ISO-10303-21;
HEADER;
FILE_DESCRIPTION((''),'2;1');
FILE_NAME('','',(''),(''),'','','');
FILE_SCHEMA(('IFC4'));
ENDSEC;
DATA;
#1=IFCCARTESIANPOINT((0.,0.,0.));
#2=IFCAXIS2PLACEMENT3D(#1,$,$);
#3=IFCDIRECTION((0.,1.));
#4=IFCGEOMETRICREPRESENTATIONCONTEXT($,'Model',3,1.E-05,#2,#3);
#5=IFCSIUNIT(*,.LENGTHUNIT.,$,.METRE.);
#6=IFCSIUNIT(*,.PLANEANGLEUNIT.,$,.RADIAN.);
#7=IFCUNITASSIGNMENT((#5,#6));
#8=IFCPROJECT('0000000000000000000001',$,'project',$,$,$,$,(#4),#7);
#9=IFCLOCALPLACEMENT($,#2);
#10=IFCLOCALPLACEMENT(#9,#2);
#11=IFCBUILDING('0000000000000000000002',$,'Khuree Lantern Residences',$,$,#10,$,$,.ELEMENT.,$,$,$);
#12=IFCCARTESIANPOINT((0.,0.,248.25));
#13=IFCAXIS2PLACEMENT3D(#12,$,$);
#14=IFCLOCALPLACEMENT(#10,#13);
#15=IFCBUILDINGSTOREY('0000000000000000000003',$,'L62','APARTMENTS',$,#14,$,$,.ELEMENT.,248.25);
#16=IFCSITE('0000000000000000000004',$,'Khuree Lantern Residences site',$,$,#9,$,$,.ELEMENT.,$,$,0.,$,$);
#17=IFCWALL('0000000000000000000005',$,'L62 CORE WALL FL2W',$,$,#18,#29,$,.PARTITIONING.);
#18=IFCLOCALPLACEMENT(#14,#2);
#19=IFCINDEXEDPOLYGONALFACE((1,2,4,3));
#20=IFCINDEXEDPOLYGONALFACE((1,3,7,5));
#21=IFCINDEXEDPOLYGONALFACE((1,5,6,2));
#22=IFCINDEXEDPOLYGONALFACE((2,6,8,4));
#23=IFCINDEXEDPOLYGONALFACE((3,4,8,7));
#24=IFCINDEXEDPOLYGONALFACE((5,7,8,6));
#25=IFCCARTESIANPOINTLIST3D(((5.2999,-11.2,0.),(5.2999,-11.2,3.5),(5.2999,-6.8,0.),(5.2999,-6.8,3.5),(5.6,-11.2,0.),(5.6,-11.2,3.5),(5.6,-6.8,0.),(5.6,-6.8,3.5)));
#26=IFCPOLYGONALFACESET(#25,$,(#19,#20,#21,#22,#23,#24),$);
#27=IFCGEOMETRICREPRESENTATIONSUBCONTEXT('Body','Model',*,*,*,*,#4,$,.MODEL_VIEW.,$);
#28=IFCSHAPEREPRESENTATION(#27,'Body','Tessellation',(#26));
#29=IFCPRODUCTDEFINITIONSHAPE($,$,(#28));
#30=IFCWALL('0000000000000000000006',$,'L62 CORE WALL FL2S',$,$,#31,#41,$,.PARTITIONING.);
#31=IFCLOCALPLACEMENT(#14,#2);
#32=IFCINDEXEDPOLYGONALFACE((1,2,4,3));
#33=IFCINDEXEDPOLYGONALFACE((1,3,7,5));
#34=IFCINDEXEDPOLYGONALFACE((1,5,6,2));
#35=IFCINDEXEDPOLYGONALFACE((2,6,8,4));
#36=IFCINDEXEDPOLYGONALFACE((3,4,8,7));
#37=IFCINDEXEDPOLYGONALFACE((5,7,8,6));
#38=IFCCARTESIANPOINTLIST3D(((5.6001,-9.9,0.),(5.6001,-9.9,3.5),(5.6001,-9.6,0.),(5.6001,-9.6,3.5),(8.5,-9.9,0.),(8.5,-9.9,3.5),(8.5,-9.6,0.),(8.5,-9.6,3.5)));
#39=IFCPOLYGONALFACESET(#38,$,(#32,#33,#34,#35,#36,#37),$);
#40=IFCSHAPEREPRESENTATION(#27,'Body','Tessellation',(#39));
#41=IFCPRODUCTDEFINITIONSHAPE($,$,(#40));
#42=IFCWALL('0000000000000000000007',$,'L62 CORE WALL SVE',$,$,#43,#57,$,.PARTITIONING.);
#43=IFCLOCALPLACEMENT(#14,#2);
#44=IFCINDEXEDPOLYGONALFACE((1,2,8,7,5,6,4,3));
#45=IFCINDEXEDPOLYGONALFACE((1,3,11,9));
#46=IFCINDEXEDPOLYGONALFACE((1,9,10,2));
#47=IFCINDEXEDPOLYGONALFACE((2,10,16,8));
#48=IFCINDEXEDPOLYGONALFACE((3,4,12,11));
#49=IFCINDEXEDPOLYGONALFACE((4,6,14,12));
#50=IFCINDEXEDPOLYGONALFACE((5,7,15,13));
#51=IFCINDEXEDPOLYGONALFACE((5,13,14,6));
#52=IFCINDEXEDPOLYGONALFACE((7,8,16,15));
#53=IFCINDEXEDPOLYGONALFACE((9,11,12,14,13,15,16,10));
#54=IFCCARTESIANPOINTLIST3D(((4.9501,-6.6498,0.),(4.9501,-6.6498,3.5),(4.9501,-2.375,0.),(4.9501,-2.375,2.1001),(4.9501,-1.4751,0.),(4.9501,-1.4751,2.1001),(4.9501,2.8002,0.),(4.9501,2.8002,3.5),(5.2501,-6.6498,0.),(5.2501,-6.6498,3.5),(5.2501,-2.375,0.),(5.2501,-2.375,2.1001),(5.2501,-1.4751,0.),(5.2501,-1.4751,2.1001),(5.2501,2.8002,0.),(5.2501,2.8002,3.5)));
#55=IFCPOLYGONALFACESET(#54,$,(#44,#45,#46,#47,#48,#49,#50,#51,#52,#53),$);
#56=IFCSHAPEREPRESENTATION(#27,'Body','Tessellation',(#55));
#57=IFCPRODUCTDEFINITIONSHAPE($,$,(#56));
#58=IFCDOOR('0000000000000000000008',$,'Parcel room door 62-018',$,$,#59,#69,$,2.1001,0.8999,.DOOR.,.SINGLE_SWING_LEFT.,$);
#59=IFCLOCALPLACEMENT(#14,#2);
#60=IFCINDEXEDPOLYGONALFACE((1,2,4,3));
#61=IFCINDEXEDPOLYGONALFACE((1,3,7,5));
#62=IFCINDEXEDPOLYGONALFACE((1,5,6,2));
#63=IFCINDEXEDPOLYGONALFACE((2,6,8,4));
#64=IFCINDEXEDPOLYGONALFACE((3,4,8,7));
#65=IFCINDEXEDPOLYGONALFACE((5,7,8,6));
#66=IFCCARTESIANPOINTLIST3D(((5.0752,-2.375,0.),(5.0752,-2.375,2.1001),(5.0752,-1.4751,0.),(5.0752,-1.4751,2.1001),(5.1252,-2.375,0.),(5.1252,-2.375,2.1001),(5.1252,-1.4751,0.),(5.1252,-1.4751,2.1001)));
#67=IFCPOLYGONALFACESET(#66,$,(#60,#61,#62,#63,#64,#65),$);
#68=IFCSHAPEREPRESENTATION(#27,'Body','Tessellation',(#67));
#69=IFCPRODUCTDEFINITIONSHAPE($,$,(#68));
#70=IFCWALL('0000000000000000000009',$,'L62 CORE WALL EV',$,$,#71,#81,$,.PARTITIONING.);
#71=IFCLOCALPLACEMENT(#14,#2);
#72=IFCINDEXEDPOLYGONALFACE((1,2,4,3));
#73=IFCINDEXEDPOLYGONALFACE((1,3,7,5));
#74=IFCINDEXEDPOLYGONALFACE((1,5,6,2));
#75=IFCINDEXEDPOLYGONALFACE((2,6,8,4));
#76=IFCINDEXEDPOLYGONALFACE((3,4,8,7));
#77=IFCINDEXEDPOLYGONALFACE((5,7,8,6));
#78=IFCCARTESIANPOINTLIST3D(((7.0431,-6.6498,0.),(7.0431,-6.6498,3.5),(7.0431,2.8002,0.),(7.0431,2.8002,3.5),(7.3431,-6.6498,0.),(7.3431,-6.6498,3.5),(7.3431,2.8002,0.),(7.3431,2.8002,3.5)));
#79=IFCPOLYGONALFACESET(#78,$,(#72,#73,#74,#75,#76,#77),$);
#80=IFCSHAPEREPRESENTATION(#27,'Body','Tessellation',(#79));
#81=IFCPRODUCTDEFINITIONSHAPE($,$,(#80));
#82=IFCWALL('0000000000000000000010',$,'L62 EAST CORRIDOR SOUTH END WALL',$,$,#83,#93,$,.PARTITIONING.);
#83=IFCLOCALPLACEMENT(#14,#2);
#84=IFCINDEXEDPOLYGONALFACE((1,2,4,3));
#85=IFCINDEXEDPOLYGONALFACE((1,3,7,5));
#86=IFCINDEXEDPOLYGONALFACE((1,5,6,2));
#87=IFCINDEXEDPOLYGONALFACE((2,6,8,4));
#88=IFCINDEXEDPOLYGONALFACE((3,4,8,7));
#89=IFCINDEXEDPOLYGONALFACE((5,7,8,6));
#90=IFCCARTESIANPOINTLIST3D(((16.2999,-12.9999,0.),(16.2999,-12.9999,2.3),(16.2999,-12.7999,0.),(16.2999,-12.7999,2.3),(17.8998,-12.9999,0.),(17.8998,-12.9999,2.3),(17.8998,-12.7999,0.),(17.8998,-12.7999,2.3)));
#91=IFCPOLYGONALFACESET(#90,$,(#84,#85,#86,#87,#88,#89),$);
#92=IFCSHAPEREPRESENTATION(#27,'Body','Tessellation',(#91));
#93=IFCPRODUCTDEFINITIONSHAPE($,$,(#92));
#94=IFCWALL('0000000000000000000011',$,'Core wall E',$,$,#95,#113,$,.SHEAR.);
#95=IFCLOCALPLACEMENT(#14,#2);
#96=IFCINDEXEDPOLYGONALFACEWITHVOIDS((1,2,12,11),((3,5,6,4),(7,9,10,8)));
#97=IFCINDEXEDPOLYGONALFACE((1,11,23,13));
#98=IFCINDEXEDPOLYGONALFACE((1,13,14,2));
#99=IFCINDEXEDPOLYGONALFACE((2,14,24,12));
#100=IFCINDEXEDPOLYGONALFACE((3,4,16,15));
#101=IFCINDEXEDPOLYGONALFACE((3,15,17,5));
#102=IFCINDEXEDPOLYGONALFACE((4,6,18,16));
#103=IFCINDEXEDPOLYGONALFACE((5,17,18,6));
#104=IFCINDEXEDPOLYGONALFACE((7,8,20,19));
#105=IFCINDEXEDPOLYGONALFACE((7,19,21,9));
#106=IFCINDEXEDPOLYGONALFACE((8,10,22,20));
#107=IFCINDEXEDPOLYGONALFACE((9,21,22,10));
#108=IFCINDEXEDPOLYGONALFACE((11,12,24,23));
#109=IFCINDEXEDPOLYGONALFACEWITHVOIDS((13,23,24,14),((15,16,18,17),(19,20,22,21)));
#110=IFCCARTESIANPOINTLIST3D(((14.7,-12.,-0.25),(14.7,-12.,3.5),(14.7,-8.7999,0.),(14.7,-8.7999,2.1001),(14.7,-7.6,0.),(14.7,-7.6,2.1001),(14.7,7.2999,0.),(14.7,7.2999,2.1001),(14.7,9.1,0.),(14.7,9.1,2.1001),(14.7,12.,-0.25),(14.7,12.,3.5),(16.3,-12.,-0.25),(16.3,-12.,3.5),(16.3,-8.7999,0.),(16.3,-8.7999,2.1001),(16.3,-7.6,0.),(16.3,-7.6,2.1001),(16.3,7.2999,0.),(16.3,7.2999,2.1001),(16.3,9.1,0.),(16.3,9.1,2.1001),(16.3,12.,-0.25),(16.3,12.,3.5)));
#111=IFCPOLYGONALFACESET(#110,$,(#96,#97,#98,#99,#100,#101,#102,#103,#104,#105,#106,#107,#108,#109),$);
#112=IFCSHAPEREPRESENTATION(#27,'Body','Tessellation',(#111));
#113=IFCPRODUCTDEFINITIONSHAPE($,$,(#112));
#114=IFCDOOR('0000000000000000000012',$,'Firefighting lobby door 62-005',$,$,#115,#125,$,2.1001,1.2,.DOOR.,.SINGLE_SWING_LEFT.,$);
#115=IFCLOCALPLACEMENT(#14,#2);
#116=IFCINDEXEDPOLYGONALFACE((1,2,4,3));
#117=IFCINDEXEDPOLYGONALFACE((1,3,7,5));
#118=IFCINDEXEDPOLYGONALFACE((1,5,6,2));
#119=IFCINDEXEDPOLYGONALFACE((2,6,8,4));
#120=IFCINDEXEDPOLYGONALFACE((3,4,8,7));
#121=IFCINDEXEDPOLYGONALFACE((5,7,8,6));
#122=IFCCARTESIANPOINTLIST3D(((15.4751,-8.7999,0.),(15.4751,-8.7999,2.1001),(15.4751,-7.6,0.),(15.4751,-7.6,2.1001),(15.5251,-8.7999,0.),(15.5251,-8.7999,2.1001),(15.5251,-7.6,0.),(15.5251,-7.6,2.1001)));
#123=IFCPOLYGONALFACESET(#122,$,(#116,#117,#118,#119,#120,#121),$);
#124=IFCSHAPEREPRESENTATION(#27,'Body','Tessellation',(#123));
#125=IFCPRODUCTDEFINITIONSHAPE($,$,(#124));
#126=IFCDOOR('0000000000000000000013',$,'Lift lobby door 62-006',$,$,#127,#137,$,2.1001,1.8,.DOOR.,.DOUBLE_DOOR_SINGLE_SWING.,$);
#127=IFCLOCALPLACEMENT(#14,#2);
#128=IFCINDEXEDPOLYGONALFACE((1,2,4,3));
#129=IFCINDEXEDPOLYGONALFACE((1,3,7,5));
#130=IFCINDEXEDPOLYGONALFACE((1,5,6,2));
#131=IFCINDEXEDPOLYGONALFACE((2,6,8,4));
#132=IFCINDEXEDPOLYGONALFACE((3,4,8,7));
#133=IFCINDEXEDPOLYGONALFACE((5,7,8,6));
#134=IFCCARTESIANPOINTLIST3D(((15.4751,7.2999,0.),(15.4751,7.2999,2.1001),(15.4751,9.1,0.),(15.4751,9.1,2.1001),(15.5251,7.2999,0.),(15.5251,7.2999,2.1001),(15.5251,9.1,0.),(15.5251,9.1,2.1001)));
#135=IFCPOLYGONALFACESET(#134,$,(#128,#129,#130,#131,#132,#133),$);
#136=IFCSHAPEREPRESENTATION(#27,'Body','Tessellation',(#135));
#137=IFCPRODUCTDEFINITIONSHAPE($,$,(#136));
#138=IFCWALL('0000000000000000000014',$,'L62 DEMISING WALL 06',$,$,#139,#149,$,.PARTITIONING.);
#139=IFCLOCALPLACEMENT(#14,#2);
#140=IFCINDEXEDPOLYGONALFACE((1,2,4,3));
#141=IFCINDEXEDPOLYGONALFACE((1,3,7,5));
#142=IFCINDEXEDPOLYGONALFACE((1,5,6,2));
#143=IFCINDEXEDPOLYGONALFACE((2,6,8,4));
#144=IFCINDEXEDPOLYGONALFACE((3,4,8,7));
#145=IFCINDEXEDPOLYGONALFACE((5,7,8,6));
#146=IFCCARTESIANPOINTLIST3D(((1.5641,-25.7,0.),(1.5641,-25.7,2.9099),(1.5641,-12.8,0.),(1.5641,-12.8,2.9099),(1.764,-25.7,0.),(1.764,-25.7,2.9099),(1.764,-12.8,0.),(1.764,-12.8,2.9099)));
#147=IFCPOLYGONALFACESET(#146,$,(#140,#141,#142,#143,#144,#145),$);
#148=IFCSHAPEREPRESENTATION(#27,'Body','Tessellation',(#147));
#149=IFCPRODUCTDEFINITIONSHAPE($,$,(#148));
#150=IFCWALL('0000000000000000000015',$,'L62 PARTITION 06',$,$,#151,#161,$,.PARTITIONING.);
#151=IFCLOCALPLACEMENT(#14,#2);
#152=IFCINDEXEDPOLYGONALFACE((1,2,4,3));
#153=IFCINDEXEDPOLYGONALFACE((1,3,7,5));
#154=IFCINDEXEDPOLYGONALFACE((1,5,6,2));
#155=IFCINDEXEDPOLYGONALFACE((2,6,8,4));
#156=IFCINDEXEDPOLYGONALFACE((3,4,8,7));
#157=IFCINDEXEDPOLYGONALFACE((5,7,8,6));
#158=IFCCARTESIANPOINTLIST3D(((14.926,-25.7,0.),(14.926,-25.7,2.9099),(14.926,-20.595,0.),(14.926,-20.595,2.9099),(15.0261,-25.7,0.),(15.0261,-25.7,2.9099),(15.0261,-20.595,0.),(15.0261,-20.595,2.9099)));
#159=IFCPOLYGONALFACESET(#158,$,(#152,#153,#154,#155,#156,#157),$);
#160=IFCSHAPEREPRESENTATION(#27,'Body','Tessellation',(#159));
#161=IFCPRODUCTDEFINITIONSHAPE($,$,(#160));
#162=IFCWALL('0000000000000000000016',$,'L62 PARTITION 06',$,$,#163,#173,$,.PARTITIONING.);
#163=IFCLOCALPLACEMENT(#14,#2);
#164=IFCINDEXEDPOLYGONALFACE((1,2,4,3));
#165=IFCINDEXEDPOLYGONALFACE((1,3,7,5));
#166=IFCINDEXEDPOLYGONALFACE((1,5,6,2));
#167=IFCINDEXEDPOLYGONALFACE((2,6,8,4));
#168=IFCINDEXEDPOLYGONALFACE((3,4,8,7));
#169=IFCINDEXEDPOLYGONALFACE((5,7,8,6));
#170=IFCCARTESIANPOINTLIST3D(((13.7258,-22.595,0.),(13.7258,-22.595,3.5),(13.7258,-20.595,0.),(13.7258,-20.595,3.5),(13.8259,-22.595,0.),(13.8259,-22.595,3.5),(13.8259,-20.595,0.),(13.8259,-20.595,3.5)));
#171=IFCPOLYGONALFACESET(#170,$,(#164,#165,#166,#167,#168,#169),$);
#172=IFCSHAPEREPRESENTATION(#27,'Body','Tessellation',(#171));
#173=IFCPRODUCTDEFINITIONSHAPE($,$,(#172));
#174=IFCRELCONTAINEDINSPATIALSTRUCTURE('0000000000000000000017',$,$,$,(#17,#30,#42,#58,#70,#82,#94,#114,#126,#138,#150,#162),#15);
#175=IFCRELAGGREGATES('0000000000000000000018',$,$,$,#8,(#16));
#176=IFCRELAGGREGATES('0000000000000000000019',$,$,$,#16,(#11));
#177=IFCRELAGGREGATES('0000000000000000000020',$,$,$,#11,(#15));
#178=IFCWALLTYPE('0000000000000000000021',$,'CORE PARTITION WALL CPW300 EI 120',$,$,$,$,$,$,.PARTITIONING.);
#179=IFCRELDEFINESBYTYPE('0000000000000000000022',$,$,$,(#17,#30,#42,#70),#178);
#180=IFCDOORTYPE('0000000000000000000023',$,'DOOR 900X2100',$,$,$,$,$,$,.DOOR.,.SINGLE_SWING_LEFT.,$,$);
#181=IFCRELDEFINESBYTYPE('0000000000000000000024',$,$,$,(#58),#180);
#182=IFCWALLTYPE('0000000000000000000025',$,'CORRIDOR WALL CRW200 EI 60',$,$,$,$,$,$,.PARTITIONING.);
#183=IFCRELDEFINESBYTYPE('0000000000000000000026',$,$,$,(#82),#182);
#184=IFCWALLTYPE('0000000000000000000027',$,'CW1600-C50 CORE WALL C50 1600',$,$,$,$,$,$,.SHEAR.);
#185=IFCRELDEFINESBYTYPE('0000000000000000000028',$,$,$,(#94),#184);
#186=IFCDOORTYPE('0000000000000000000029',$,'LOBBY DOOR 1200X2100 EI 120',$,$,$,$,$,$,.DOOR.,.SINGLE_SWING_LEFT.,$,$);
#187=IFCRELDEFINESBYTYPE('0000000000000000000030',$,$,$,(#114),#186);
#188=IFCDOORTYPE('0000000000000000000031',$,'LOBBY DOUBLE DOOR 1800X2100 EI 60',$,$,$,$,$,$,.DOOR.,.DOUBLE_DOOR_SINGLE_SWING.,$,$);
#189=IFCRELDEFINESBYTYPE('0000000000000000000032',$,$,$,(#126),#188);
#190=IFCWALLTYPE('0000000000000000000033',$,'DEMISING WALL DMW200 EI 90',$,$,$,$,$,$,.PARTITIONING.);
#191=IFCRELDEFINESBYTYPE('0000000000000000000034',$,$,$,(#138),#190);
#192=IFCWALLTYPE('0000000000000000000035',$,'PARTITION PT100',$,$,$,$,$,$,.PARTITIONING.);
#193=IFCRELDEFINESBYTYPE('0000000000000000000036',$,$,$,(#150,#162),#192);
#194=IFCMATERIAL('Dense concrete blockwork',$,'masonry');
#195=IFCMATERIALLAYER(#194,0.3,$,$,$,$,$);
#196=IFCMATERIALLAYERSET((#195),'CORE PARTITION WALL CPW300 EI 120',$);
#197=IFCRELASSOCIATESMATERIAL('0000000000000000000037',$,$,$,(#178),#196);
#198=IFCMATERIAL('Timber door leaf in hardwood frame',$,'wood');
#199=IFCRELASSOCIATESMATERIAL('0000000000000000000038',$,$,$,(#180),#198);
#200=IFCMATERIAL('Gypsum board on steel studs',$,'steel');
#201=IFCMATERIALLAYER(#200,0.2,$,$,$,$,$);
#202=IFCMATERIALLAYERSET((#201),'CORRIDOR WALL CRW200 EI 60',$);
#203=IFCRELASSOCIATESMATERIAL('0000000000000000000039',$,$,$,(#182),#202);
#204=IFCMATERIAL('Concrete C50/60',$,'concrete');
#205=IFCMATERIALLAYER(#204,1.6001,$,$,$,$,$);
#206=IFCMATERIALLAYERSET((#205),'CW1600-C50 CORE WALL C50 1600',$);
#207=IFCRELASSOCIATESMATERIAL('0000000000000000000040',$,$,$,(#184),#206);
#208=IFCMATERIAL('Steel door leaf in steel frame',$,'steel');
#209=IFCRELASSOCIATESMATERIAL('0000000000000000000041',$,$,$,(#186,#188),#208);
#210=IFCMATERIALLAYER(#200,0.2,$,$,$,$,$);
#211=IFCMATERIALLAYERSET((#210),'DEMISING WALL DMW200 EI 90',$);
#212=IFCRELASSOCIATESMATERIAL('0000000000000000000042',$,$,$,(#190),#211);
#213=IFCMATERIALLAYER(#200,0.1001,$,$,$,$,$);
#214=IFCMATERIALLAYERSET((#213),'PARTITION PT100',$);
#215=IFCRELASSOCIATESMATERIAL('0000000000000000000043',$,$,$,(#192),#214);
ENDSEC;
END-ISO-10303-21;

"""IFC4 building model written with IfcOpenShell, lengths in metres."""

from ifc_helpers import new_model, si_unit, direction, frame, frame_2d, origin, place, context, subcontext, project, spatial, rectangle, extrude, material, layer, layer_set, type_object, element, fill, save


model = new_model("IFC4")

# Units and contexts
model_context = context("Model", 3, precision=1e-05, world=origin(), true_north=direction((0.0, 1.0)))
body_context = subcontext(model_context, "Body", "Model", "MODEL_VIEW")
ifc_project = project(units=[si_unit("LENGTHUNIT", "METRE"), si_unit("PLANEANGLEUNIT", "RADIAN")], contexts=[model_context])

# Site, building, storey
site_placement = place(None, origin())
site = spatial("IfcSite", under=ifc_project, at=site_placement, Name="Khuree Lantern Residences site", CompositionType="ELEMENT", RefElevation=0.0)
building_placement = place(site_placement, origin())
building = spatial("IfcBuilding", under=site, at=building_placement, Name="Khuree Lantern Residences", CompositionType="ELEMENT")
storey_placement = place(building_placement, frame((0.0, 0.0, 248.25)))
storey = spatial("IfcBuildingStorey", under=building, at=storey_placement, Name="L62", Description="APARTMENTS", CompositionType="ELEMENT", Elevation=248.25)

# Shared definitions
ifc_material_1 = material(Name="Concrete C50/60", Category="concrete")

# Shared definitions
ifc_material_2 = material(Name="Timber door leaf in hardwood frame", Category="wood")

# Shared definitions
ifc_material_3 = material(Name="Dense concrete blockwork", Category="masonry")
ifc_layer_1 = layer(ifc_material_3, 0.3)
ifc_layer_set_1 = layer_set([ifc_layer_1], Name="CORE PARTITION WALL CPW300 EI 120")
wall_type_1 = type_object("IfcWallType", Name="CORE PARTITION WALL CPW300 EI 120", PredefinedType="PARTITIONING", material=ifc_layer_set_1)

# Walls
for number, where, z_axis, x_axis, name in (
    (1, (5.45, -11.2, 0.0), (0.0, 0.0, 1.0), (0.0, 1.0, 0.0), "L62 CORE WALL FL2W"),
):
    element("IfcWall", number, at=place(storey_placement, frame(where, z_axis=z_axis, x_axis=x_axis)), inside=storey, type_object=wall_type_1, Name=name, PredefinedType="PARTITIONING", context=body_context, shape_type="SweptSolid", body=[
        extrude(rectangle(XDim=4.3999, YDim=0.3, at=frame_2d((2.2, 0.0))), origin(), (0.0, 0.0, 1.0), 3.5),
    ])
wall_1_placement = place(storey_placement, frame((5.6001, -9.75, 0.0), z_axis=(0.0, 0.0, 1.0), x_axis=(1.0, 0.0, 0.0)))
element("IfcWall", 2, at=wall_1_placement, inside=storey, type_object=wall_type_1, Name="L62 CORE WALL FL2S", PredefinedType="PARTITIONING", context=body_context, shape_type="SweptSolid", body=[
    extrude(rectangle(XDim=2.8999, YDim=0.3, at=frame_2d((1.45, 0.0))), origin(), (0.0, 0.0, 1.0), 3.5),
])

# Wall, opening, door
wall_2_placement = place(storey_placement, frame((5.1001, -6.6499, 0.0), z_axis=(0.0, 0.0, 1.0), x_axis=(0.0, 1.0, 0.0)))
wall_2 = element("IfcWall", 3, at=wall_2_placement, inside=storey, type_object=wall_type_1, Name="L62 CORE WALL SVE", PredefinedType="PARTITIONING", context=body_context, shape_type="SweptSolid", body=[
    extrude(rectangle(XDim=9.45, YDim=0.3, at=frame_2d((4.7251, 0.0))), origin(), (0.0, 0.0, 1.0), 3.5),
])
opening_1_placement = place(wall_2_placement, frame((4.2749, 0.0, 0.0)))
opening_1 = element("IfcOpeningElement", 4, at=opening_1_placement, cuts=wall_2, PredefinedType="OPENING", context=body_context, shape_type="SweptSolid", body=[
    extrude(rectangle(XDim=0.8999, YDim=2.1001, at=frame_2d((0.45, 1.05))), frame((0.0, 0.1602, 0.0), z_axis=(0.0, -1.0, 0.0), x_axis=(1.0, 0.0, 0.0)), (0.0, 0.0, 1.0), 0.3201),
])
door_type_1 = type_object("IfcDoorType", Name="DOOR 900X2100", OperationType="SINGLE_SWING_LEFT", PredefinedType="DOOR", material=ifc_material_2)
door_1_placement = place(opening_1_placement, origin())
door_1 = element("IfcDoor", 5, at=door_1_placement, inside=storey, type_object=door_type_1, Name="Parcel room door 62-018", OperationType="SINGLE_SWING_LEFT", OverallHeight=2.1001, OverallWidth=0.8999, PredefinedType="DOOR", context=body_context, shape_type="SweptSolid", body=[
    extrude(rectangle(XDim=0.8999, YDim=2.1001, at=frame_2d((0.45, 1.05))), frame((0.0, 0.0249, 0.0), z_axis=(0.0, -1.0, 0.0), x_axis=(1.0, 0.0, 0.0)), (0.0, 0.0, 1.0), 0.05),
])
fill(opening_1, door_1)

# Walls
wall_3_placement = place(storey_placement, frame((7.1931, -6.6499, 0.0), z_axis=(0.0, 0.0, 1.0), x_axis=(0.0, 1.0, 0.0)))
element("IfcWall", 6, at=wall_3_placement, inside=storey, type_object=wall_type_1, Name="L62 CORE WALL EV", PredefinedType="PARTITIONING", context=body_context, shape_type="SweptSolid", body=[
    extrude(rectangle(XDim=9.45, YDim=0.3, at=frame_2d((4.7251, 0.0))), origin(), (0.0, 0.0, 1.0), 3.5),
])
ifc_material_4 = material(Name="Gypsum board on steel studs", Category="steel")
ifc_layer_2 = layer(ifc_material_4, 0.2)
ifc_layer_set_2 = layer_set([ifc_layer_2], Name="CORRIDOR WALL CRW200 EI 60")
wall_type_2 = type_object("IfcWallType", Name="CORRIDOR WALL CRW200 EI 60", PredefinedType="PARTITIONING", material=ifc_layer_set_2)
wall_4_placement = place(storey_placement, frame((16.3, -12.8999, 0.0), z_axis=(0.0, 0.0, 1.0), x_axis=(1.0, 0.0, 0.0)))
element("IfcWall", 7, at=wall_4_placement, inside=storey, type_object=wall_type_2, Name="L62 EAST CORRIDOR SOUTH END WALL", PredefinedType="PARTITIONING", context=body_context, shape_type="SweptSolid", body=[
    extrude(rectangle(XDim=1.5999, YDim=0.2, at=frame_2d((0.7998, 0.0))), origin(), (0.0, 0.0, 1.0), 2.3),
])

# Wall, openings, doors
ifc_layer_3 = layer(ifc_material_1, 1.6001)
ifc_layer_set_3 = layer_set([ifc_layer_3], Name="CW1600-C50 CORE WALL C50 1600")
wall_type_3 = type_object("IfcWallType", Name="CW1600-C50 CORE WALL C50 1600", PredefinedType="SHEAR", material=ifc_layer_set_3)
wall_5_placement = place(storey_placement, frame((15.5, -12.0, -0.25), z_axis=(0.0, 0.0, 1.0), x_axis=(0.0, 1.0, 0.0)))
wall_5 = element("IfcWall", 8, at=wall_5_placement, inside=storey, type_object=wall_type_3, Name="Core wall E", PredefinedType="SHEAR", context=body_context, shape_type="SweptSolid", body=[
    extrude(rectangle(XDim=24.0, YDim=1.6001, at=frame_2d((12.0, 0.0))), origin(), (0.0, 0.0, 1.0), 3.75),
])
opening_2_placement = place(wall_5_placement, frame((3.2, 0.0, 0.25)))
opening_2 = element("IfcOpeningElement", 9, at=opening_2_placement, cuts=wall_5, PredefinedType="OPENING", context=body_context, shape_type="SweptSolid", body=[
    extrude(rectangle(XDim=1.2, YDim=2.1001, at=frame_2d((0.6001, 1.05))), frame((0.0, 0.8101, 0.0), z_axis=(0.0, -1.0, 0.0), x_axis=(1.0, 0.0, 0.0)), (0.0, 0.0, 1.0), 1.6201),
])
opening_3_placement = place(wall_5_placement, frame((19.3, 0.0, 0.25)))
opening_3 = element("IfcOpeningElement", 10, at=opening_3_placement, cuts=wall_5, PredefinedType="OPENING", context=body_context, shape_type="SweptSolid", body=[
    extrude(rectangle(XDim=1.8, YDim=2.1001, at=frame_2d((0.8999, 1.05))), frame((0.0, 0.8101, 0.0), z_axis=(0.0, -1.0, 0.0), x_axis=(1.0, 0.0, 0.0)), (0.0, 0.0, 1.0), 1.6201),
])
ifc_material_5 = material(Name="Steel door leaf in steel frame", Category="steel")
door_type_2 = type_object("IfcDoorType", Name="LOBBY DOOR 1200X2100 EI 120", OperationType="SINGLE_SWING_LEFT", PredefinedType="DOOR", material=ifc_material_5)
door_2_placement = place(opening_2_placement, origin())
door_2 = element("IfcDoor", 11, at=door_2_placement, inside=storey, type_object=door_type_2, Name="Firefighting lobby door 62-005", OperationType="SINGLE_SWING_LEFT", OverallHeight=2.1001, OverallWidth=1.2, PredefinedType="DOOR", context=body_context, shape_type="SweptSolid", body=[
    extrude(rectangle(XDim=1.2, YDim=2.1001, at=frame_2d((0.6001, 1.05))), frame((0.0, 0.0249, 0.0), z_axis=(0.0, -1.0, 0.0), x_axis=(1.0, 0.0, 0.0)), (0.0, 0.0, 1.0), 0.05),
])
fill(opening_2, door_2)
door_type_3 = type_object("IfcDoorType", Name="LOBBY DOUBLE DOOR 1800X2100 EI 60", OperationType="DOUBLE_DOOR_SINGLE_SWING", PredefinedType="DOOR", material=ifc_material_5)
door_3_placement = place(opening_3_placement, origin())
door_3 = element("IfcDoor", 12, at=door_3_placement, inside=storey, type_object=door_type_3, Name="Lift lobby door 62-006", OperationType="DOUBLE_DOOR_SINGLE_SWING", OverallHeight=2.1001, OverallWidth=1.8, PredefinedType="DOOR", context=body_context, shape_type="SweptSolid", body=[
    extrude(rectangle(XDim=1.8, YDim=2.1001, at=frame_2d((0.8999, 1.05))), frame((0.0, 0.0249, 0.0), z_axis=(0.0, -1.0, 0.0), x_axis=(1.0, 0.0, 0.0)), (0.0, 0.0, 1.0), 0.05),
])
fill(opening_3, door_3)

# Walls
ifc_layer_4 = layer(ifc_material_4, 0.2)
ifc_layer_set_4 = layer_set([ifc_layer_4], Name="DEMISING WALL DMW200 EI 90")
wall_type_4 = type_object("IfcWallType", Name="DEMISING WALL DMW200 EI 90", PredefinedType="PARTITIONING", material=ifc_layer_set_4)
wall_6_placement = place(storey_placement, frame((1.6641, -12.8, 0.0), z_axis=(0.0, 0.0, 1.0), x_axis=(0.0, -1.0, 0.0)))
element("IfcWall", 13, at=wall_6_placement, inside=storey, type_object=wall_type_4, Name="L62 DEMISING WALL 06", PredefinedType="PARTITIONING", context=body_context, shape_type="SweptSolid", body=[
    extrude(rectangle(XDim=12.8999, YDim=0.2, at=frame_2d((6.45, 0.0))), origin(), (0.0, 0.0, 1.0), 2.9099),
])
ifc_layer_5 = layer(ifc_material_4, 0.1001)
ifc_layer_set_5 = layer_set([ifc_layer_5], Name="PARTITION PT100")
wall_type_5 = type_object("IfcWallType", Name="PARTITION PT100", PredefinedType="PARTITIONING", material=ifc_layer_set_5)
wall_7_placement = place(storey_placement, frame((14.9761, -20.595, 0.0), z_axis=(0.0, 0.0, 1.0), x_axis=(0.0, -1.0, 0.0)))
element("IfcWall", 14, at=wall_7_placement, inside=storey, type_object=wall_type_5, Name="L62 PARTITION 06", PredefinedType="PARTITIONING", context=body_context, shape_type="SweptSolid", body=[
    extrude(rectangle(XDim=5.105, YDim=0.1001, at=frame_2d((2.5525, 0.0))), origin(), (0.0, 0.0, 1.0), 2.9099),
])
wall_8_placement = place(storey_placement, frame((13.7759, -20.595, 0.0), z_axis=(0.0, 0.0, 1.0), x_axis=(0.0, -1.0, 0.0)))
element("IfcWall", 15, at=wall_8_placement, inside=storey, type_object=wall_type_5, Name="L62 PARTITION 06", PredefinedType="PARTITIONING", context=body_context, shape_type="SweptSolid", body=[
    extrude(rectangle(XDim=2.0, YDim=0.1001, at=frame_2d((1.0, 0.0))), origin(), (0.0, 0.0, 1.0), 3.5),
])

save(model, "model.ifc")
